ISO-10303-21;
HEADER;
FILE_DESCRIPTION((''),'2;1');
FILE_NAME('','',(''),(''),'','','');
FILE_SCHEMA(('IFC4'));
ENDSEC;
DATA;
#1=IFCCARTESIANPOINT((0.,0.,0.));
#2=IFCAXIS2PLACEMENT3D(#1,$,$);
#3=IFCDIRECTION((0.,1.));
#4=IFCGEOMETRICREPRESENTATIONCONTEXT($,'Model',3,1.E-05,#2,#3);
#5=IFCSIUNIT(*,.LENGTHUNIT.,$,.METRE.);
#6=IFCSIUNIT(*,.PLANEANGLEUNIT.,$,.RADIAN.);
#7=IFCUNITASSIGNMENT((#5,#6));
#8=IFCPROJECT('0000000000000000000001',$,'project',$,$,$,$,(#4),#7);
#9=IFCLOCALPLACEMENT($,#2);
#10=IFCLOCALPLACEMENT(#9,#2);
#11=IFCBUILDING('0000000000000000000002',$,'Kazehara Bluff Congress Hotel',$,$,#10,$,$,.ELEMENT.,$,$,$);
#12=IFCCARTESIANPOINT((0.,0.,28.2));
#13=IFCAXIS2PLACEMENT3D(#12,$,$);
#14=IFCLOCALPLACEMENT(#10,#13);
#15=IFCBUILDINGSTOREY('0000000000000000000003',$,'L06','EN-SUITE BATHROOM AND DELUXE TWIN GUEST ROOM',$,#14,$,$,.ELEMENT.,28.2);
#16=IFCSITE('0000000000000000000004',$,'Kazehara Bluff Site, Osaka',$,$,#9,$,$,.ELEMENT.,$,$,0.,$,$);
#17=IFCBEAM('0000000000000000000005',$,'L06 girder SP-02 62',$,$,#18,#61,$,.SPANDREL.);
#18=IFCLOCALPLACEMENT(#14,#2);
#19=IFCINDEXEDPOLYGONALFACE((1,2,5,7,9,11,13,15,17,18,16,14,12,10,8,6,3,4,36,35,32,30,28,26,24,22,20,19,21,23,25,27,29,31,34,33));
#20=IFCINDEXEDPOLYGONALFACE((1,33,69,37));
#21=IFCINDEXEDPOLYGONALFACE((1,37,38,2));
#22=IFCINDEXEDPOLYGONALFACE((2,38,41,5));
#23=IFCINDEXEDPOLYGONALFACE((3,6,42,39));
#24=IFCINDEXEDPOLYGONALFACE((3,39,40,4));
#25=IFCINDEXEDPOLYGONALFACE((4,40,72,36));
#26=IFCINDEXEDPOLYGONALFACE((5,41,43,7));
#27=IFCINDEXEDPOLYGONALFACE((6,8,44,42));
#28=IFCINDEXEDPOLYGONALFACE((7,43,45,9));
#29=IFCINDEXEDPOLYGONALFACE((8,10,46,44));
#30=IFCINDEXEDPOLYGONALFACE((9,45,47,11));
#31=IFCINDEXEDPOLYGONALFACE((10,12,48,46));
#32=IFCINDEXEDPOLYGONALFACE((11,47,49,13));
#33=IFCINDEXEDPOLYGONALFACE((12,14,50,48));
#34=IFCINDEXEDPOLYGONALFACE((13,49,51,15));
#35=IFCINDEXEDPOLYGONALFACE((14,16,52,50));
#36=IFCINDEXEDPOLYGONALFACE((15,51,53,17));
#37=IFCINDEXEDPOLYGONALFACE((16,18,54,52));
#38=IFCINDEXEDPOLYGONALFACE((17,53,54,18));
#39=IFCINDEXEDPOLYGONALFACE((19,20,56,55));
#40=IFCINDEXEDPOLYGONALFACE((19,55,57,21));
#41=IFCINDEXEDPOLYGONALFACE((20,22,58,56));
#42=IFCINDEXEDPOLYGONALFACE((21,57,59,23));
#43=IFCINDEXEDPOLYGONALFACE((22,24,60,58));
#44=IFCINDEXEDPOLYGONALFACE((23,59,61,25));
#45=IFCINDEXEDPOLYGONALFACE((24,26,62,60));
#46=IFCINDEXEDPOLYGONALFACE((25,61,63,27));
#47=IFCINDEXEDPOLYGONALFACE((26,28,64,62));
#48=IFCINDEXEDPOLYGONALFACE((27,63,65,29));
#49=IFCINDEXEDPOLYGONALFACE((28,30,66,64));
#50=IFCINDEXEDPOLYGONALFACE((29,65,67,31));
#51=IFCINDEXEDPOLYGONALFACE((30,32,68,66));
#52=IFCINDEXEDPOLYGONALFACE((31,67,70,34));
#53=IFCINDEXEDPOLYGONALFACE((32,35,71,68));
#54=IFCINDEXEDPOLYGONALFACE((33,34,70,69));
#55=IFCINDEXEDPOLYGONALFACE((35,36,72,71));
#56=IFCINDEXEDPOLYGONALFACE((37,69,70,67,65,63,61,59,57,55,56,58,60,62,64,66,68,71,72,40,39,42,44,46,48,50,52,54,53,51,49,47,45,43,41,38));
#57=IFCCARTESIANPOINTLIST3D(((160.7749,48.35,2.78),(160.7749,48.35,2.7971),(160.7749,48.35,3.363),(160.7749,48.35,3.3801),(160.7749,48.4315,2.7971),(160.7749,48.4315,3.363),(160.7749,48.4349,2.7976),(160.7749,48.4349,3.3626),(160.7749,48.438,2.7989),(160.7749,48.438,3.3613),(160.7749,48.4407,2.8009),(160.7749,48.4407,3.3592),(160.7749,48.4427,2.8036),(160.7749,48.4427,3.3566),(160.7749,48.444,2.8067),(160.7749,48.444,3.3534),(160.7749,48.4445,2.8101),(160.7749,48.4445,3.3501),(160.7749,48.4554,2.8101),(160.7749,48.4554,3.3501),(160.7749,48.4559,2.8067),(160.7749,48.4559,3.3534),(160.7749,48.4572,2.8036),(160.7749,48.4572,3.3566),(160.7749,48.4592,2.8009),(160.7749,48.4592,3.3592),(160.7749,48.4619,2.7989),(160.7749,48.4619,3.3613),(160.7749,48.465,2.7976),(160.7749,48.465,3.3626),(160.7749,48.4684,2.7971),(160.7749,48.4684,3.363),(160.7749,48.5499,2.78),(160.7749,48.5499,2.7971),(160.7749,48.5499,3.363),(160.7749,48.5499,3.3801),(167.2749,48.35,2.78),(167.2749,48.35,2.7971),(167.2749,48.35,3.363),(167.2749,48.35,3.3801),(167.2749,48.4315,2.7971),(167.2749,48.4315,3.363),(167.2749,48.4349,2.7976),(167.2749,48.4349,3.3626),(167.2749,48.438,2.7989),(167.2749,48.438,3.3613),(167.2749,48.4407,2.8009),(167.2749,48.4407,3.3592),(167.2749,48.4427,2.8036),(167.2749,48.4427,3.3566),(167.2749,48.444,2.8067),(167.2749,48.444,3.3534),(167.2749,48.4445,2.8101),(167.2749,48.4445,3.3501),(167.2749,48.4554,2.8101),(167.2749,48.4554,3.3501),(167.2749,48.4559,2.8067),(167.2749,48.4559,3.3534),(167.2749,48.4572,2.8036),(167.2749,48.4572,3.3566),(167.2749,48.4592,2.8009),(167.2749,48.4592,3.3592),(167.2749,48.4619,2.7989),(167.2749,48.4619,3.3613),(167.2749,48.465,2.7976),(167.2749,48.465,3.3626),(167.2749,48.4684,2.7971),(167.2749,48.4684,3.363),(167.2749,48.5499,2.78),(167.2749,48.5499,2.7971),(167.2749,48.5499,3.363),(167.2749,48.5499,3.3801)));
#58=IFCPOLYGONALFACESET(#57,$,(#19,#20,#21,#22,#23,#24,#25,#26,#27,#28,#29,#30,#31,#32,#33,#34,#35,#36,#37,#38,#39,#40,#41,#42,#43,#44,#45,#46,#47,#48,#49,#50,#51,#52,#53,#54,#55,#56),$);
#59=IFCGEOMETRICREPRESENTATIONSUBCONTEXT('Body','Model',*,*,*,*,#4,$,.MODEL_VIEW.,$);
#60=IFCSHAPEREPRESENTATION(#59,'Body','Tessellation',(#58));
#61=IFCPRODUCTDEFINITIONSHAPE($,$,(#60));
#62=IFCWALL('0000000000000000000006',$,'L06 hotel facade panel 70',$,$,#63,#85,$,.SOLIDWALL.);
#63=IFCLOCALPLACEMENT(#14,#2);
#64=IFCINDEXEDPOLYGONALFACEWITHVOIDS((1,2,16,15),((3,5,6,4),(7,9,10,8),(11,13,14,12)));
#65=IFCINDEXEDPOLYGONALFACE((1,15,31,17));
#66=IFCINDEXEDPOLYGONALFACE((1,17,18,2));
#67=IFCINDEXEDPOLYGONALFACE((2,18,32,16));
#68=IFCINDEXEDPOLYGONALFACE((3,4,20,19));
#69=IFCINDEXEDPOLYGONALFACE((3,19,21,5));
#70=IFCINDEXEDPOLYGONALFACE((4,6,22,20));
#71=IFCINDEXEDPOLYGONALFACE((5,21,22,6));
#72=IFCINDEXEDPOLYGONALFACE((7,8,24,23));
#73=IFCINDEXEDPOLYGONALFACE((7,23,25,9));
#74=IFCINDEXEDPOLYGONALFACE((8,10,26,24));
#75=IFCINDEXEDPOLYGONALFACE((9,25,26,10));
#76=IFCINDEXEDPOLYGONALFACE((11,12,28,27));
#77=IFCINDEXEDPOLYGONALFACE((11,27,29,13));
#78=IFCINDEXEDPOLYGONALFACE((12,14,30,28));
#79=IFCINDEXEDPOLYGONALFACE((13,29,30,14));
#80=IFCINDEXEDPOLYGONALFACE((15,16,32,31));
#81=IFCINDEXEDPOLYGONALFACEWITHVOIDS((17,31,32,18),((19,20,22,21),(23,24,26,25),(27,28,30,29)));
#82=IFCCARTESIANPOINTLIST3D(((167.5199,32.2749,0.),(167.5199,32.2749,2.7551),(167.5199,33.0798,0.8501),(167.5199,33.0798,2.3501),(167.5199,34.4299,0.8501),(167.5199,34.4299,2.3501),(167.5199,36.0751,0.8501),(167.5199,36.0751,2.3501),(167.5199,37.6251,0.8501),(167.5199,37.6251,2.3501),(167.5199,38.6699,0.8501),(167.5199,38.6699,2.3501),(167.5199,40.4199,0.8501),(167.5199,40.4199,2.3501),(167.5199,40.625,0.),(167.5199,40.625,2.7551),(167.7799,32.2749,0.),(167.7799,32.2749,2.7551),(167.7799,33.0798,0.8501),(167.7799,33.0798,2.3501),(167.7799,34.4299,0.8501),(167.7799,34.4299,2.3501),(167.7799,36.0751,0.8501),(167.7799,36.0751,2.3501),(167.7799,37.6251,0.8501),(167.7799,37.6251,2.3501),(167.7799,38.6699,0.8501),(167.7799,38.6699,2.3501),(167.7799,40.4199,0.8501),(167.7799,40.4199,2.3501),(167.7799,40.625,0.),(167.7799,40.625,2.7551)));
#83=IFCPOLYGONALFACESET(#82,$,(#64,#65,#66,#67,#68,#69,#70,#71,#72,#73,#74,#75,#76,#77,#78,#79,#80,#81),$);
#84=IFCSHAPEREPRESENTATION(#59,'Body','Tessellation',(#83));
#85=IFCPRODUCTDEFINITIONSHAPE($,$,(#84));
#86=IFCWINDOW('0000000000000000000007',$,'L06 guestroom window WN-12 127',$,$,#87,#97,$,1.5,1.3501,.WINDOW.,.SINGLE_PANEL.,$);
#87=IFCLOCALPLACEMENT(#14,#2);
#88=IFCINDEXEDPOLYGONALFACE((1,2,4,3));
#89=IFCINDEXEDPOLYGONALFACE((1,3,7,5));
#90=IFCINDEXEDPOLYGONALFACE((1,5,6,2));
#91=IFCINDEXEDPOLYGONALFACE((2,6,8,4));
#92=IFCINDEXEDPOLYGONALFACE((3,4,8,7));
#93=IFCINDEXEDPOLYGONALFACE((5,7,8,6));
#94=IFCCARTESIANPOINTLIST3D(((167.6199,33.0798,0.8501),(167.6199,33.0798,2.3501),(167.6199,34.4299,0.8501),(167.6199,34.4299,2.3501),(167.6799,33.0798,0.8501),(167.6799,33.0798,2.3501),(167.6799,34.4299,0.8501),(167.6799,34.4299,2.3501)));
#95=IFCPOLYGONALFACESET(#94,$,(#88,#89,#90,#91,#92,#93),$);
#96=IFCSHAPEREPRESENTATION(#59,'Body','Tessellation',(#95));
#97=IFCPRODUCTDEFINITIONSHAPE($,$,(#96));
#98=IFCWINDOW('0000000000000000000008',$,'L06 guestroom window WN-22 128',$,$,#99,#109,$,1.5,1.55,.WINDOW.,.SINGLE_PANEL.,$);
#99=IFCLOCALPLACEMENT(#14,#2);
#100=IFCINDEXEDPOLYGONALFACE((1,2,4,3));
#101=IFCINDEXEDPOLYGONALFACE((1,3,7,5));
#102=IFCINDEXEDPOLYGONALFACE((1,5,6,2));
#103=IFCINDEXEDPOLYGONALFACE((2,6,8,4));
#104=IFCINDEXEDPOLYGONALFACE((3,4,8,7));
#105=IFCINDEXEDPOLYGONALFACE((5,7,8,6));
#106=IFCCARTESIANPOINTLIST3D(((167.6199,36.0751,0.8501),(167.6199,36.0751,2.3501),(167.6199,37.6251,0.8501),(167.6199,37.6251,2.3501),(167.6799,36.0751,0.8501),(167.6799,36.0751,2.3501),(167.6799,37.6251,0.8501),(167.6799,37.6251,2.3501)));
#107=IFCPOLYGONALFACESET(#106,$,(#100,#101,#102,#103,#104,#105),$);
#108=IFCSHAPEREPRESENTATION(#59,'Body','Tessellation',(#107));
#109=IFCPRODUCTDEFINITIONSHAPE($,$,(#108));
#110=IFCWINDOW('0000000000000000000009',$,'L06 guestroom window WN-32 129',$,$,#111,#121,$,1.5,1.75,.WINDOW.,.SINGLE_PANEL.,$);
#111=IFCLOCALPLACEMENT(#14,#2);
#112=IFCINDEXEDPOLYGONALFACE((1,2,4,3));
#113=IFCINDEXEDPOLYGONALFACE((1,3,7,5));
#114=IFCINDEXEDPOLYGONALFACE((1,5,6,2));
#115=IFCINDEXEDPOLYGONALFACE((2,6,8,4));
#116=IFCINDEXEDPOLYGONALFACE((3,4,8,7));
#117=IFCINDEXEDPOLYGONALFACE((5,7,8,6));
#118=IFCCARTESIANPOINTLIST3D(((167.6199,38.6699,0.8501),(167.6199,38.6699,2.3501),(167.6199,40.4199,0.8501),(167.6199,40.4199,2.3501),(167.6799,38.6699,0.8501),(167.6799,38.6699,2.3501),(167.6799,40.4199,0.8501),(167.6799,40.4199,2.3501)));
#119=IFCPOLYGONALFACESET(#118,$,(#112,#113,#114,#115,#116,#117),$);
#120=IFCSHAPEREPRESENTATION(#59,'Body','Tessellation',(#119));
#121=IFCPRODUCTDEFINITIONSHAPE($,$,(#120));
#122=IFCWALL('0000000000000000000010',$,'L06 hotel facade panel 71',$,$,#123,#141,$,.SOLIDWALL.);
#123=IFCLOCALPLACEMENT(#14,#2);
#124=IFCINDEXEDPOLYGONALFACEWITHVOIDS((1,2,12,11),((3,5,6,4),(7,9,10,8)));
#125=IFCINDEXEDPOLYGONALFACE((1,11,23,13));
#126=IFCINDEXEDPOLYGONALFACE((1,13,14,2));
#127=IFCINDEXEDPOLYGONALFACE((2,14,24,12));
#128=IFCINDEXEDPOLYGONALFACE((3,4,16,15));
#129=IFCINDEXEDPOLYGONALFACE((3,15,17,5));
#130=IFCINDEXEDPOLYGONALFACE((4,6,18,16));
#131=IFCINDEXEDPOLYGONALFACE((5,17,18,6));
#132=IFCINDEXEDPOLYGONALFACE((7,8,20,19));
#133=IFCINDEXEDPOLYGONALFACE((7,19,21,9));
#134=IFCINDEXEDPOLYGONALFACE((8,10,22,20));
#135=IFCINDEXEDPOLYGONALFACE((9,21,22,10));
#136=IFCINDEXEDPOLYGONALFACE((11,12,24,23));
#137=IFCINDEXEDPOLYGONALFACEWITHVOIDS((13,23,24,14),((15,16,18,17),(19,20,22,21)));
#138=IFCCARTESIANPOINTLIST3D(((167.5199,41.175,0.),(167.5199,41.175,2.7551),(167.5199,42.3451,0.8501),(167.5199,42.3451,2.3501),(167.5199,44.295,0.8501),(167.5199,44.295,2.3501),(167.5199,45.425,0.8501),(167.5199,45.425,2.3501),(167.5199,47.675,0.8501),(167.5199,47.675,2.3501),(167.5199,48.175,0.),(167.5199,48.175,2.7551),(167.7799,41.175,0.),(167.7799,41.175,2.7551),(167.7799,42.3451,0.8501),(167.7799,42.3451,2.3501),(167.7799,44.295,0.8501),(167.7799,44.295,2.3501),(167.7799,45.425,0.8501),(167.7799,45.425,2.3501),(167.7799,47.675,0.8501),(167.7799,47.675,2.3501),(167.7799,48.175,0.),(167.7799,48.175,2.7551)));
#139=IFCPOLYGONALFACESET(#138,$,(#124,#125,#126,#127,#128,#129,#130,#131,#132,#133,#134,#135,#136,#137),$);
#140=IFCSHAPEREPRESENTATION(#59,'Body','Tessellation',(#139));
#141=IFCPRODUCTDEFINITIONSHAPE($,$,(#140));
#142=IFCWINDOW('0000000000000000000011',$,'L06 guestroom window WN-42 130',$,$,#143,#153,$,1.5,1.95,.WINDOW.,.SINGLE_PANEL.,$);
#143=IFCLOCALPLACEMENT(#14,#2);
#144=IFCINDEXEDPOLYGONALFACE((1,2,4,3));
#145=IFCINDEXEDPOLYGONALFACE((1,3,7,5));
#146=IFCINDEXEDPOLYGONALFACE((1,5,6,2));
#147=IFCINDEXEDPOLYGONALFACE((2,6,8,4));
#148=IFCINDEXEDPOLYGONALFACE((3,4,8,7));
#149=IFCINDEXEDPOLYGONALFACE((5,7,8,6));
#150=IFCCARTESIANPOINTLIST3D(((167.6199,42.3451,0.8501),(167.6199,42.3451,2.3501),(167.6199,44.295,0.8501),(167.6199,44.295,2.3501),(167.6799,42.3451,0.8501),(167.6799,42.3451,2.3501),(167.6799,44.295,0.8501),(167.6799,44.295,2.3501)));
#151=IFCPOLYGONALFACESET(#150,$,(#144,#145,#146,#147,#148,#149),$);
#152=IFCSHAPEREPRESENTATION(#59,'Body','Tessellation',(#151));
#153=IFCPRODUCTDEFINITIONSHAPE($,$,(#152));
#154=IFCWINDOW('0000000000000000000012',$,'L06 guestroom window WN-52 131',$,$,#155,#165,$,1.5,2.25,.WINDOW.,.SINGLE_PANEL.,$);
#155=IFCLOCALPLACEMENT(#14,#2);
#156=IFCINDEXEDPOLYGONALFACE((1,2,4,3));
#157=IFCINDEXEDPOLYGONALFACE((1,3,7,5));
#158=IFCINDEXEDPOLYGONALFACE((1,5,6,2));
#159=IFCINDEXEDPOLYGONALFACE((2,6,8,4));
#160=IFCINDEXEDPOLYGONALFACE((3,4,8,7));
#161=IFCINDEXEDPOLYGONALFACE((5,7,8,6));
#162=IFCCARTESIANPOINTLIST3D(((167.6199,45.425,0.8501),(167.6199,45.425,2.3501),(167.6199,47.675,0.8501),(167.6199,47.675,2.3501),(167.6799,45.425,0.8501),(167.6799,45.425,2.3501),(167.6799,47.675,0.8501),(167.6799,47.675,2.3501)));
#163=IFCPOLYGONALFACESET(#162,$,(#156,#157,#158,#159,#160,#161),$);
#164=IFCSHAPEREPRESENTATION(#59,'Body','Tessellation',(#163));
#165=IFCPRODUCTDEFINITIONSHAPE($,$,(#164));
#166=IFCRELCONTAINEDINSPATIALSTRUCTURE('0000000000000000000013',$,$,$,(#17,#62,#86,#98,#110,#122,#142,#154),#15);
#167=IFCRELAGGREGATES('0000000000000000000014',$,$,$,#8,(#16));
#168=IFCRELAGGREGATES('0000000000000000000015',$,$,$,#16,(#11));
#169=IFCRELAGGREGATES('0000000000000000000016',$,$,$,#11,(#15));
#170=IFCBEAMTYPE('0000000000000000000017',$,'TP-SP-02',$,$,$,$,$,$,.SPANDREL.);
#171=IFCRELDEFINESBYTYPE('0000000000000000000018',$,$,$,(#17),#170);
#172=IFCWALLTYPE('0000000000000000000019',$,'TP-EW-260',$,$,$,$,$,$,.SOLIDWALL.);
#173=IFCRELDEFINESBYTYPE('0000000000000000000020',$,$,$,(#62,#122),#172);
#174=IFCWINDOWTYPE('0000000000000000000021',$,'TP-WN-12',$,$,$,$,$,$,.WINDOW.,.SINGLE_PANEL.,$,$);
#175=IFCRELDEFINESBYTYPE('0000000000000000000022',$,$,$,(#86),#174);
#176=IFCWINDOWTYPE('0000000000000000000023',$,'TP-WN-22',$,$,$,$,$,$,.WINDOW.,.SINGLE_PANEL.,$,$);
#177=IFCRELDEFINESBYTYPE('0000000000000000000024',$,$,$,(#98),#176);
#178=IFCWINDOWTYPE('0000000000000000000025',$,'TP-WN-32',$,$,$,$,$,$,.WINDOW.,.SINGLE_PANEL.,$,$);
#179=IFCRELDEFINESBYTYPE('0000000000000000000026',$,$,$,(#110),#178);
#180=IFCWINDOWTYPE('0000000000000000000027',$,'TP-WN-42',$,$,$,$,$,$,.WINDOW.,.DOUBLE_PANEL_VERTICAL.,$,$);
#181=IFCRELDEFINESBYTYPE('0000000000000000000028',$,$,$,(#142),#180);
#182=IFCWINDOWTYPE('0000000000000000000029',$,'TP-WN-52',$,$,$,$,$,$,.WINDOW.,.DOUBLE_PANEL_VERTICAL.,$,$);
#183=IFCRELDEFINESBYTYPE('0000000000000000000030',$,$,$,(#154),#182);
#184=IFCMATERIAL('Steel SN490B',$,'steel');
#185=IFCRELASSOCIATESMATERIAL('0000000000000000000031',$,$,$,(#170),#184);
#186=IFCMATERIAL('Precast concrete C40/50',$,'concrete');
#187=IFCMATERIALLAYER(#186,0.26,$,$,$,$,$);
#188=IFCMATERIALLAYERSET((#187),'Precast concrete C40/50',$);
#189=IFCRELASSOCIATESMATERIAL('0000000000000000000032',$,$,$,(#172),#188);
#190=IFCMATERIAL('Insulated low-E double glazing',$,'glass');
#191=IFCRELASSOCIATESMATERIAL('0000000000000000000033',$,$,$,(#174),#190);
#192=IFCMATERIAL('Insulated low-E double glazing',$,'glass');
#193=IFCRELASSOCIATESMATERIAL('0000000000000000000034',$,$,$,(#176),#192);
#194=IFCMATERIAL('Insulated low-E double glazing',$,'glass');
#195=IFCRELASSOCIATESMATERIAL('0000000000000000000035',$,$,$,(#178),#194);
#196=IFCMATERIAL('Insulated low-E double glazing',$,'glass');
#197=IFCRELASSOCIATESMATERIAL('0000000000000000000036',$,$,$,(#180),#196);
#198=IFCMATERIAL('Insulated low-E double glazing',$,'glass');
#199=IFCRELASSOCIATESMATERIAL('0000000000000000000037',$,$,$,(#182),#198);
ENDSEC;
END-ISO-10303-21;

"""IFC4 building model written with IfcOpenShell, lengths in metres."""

from ifc_helpers import new_model, si_unit, direction, frame, frame_2d, origin, origin_2d, place, context, subcontext, project, spatial, rectangle, i_section, extrude, material, layer, layer_set, material_profile, profile_set, type_object, element, fill, save


model = new_model("IFC4")

# Units and contexts
model_context = context("Model", 3, precision=1e-05, world=origin(), true_north=direction((0.0, 1.0)))
body_context = subcontext(model_context, "Body", "Model", "MODEL_VIEW")
ifc_project = project(units=[si_unit("LENGTHUNIT", "METRE"), si_unit("PLANEANGLEUNIT", "RADIAN")], contexts=[model_context])

# Site, building, storey
site_placement = place(None, origin())
site = spatial("IfcSite", under=ifc_project, at=site_placement, Name="Kazehara Bluff Site, Osaka", CompositionType="ELEMENT", RefElevation=0.0)
building_placement = place(site_placement, origin())
building = spatial("IfcBuilding", under=site, at=building_placement, Name="Kazehara Bluff Congress Hotel", CompositionType="ELEMENT")
storey_placement = place(building_placement, frame((0.0, 0.0, 28.2)))
storey = spatial("IfcBuildingStorey", under=building, at=storey_placement, Name="L06", Description="EN-SUITE BATHROOM AND DELUXE TWIN GUEST ROOM", CompositionType="ELEMENT", Elevation=28.2)

# Beam
ifc_material_1 = material(Name="Steel SN490B", Category="steel")
ifc_material_profile_1 = material_profile(ifc_material_1, i_section(OverallWidth=0.2, OverallDepth=0.6001, WebThickness=0.011, FlangeThickness=0.0171, FilletRadius=0.0129, at=origin_2d()))
ifc_profile_set_1 = profile_set([ifc_material_profile_1], Name="Steel SN490B")
beam_type_1 = type_object("IfcBeamType", Name="TP-SP-02", PredefinedType="SPANDREL", material=ifc_profile_set_1)
beam_1_placement = place(storey_placement, frame((160.7749, 48.45, 3.0801), z_axis=(1.0, 0.0, 0.0), x_axis=(0.0, 1.0, 0.0)))
element("IfcBeam", 1, at=beam_1_placement, inside=storey, type_object=beam_type_1, Name="L06 girder SP-02 62", PredefinedType="SPANDREL", context=body_context, shape_type="SweptSolid", body=[
    extrude(i_section(OverallWidth=0.2, OverallDepth=0.6001, WebThickness=0.011, FlangeThickness=0.0171, FilletRadius=0.0129, at=origin_2d()), origin(), (0.0, 0.0, 1.0), 6.5),
])

# Walls, openings, windows
ifc_material_2 = material(Name="Precast concrete C40/50", Category="concrete")
ifc_layer_1 = layer(ifc_material_2, 0.26)
ifc_layer_set_1 = layer_set([ifc_layer_1], Name="Precast concrete C40/50")
wall_type_1 = type_object("IfcWallType", Name="TP-EW-260", PredefinedType="SOLIDWALL", material=ifc_layer_set_1)
wall_1_placement = place(storey_placement, frame((167.6499, 40.625, 0.0), z_axis=(0.0, 0.0, 1.0), x_axis=(0.0, -1.0, 0.0)))
wall_1 = element("IfcWall", 2, at=wall_1_placement, inside=storey, type_object=wall_type_1, Name="L06 hotel facade panel 70", PredefinedType="SOLIDWALL", context=body_context, shape_type="SweptSolid", body=[
    extrude(rectangle(XDim=8.3501, YDim=0.26, at=frame_2d((4.175, 0.0))), origin(), (0.0, 0.0, 1.0), 2.7551),
])
opening_1_placement = place(wall_1_placement, frame((6.1951, 0.0, 0.8501)))
opening_1 = element("IfcOpeningElement", 3, at=opening_1_placement, cuts=wall_1, PredefinedType="OPENING", context=body_context, shape_type="SweptSolid", body=[
    extrude(rectangle(XDim=1.3501, YDim=1.5, at=frame_2d((0.675, 0.75))), frame((0.0, 0.1399, 0.0), z_axis=(0.0, -1.0, 0.0), x_axis=(1.0, 0.0, 0.0)), (0.0, 0.0, 1.0), 0.28),
])
opening_2_placement = place(wall_1_placement, frame((3.0, 0.0, 0.8501)))
opening_2 = element("IfcOpeningElement", 4, at=opening_2_placement, cuts=wall_1, PredefinedType="OPENING", context=body_context, shape_type="SweptSolid", body=[
    extrude(rectangle(XDim=1.55, YDim=1.5, at=frame_2d((0.7749, 0.75))), frame((0.0, 0.1399, 0.0), z_axis=(0.0, -1.0, 0.0), x_axis=(1.0, 0.0, 0.0)), (0.0, 0.0, 1.0), 0.28),
])
opening_3_placement = place(wall_1_placement, frame((0.2051, 0.0, 0.8501)))
opening_3 = element("IfcOpeningElement", 5, at=opening_3_placement, cuts=wall_1, PredefinedType="OPENING", context=body_context, shape_type="SweptSolid", body=[
    extrude(rectangle(XDim=1.75, YDim=1.5, at=frame_2d((0.875, 0.75))), frame((0.0, 0.1399, 0.0), z_axis=(0.0, -1.0, 0.0), x_axis=(1.0, 0.0, 0.0)), (0.0, 0.0, 1.0), 0.28),
])
ifc_material_3 = material(Name="Insulated low-E double glazing", Category="glass")
window_type_1 = type_object("IfcWindowType", Name="TP-WN-12", PartitioningType="SINGLE_PANEL", PredefinedType="WINDOW", material=ifc_material_3)
window_1_placement = place(opening_1_placement, origin())
window_1 = element("IfcWindow", 6, at=window_1_placement, inside=storey, type_object=window_type_1, Name="L06 guestroom window WN-12 127", OverallHeight=1.5, OverallWidth=1.3501, PartitioningType="SINGLE_PANEL", PredefinedType="WINDOW", context=body_context, shape_type="SweptSolid", body=[
    extrude(rectangle(XDim=1.3501, YDim=1.5, at=frame_2d((0.675, 0.75))), frame((0.0, 0.03, 0.0), z_axis=(0.0, -1.0, 0.0), x_axis=(1.0, 0.0, 0.0)), (0.0, 0.0, 1.0), 0.0601),
])
fill(opening_1, window_1)
ifc_material_4 = material(Name="Insulated low-E double glazing", Category="glass")
window_type_2 = type_object("IfcWindowType", Name="TP-WN-22", PartitioningType="SINGLE_PANEL", PredefinedType="WINDOW", material=ifc_material_4)
window_2_placement = place(opening_2_placement, origin())
window_2 = element("IfcWindow", 7, at=window_2_placement, inside=storey, type_object=window_type_2, Name="L06 guestroom window WN-22 128", OverallHeight=1.5, OverallWidth=1.55, PartitioningType="SINGLE_PANEL", PredefinedType="WINDOW", context=body_context, shape_type="SweptSolid", body=[
    extrude(rectangle(XDim=1.55, YDim=1.5, at=frame_2d((0.7749, 0.75))), frame((0.0, 0.03, 0.0), z_axis=(0.0, -1.0, 0.0), x_axis=(1.0, 0.0, 0.0)), (0.0, 0.0, 1.0), 0.0601),
])
fill(opening_2, window_2)
ifc_material_5 = material(Name="Insulated low-E double glazing", Category="glass")
window_type_3 = type_object("IfcWindowType", Name="TP-WN-32", PartitioningType="SINGLE_PANEL", PredefinedType="WINDOW", material=ifc_material_5)
window_3_placement = place(opening_3_placement, origin())
window_3 = element("IfcWindow", 8, at=window_3_placement, inside=storey, type_object=window_type_3, Name="L06 guestroom window WN-32 129", OverallHeight=1.5, OverallWidth=1.75, PartitioningType="SINGLE_PANEL", PredefinedType="WINDOW", context=body_context, shape_type="SweptSolid", body=[
    extrude(rectangle(XDim=1.75, YDim=1.5, at=frame_2d((0.875, 0.75))), frame((0.0, 0.03, 0.0), z_axis=(0.0, -1.0, 0.0), x_axis=(1.0, 0.0, 0.0)), (0.0, 0.0, 1.0), 0.0601),
])
fill(opening_3, window_3)
wall_2_placement = place(storey_placement, frame((167.6499, 48.175, 0.0), z_axis=(0.0, 0.0, 1.0), x_axis=(0.0, -1.0, 0.0)))
wall_2 = element("IfcWall", 9, at=wall_2_placement, inside=storey, type_object=wall_type_1, Name="L06 hotel facade panel 71", PredefinedType="SOLIDWALL", context=body_context, shape_type="SweptSolid", body=[
    extrude(rectangle(XDim=7.0, YDim=0.26, at=frame_2d((3.5, 0.0))), origin(), (0.0, 0.0, 1.0), 2.7551),
])
opening_4_placement = place(wall_2_placement, frame((3.8799, 0.0, 0.8501)))
opening_4 = element("IfcOpeningElement", 10, at=opening_4_placement, cuts=wall_2, PredefinedType="OPENING", context=body_context, shape_type="SweptSolid", body=[
    extrude(rectangle(XDim=1.95, YDim=1.5, at=frame_2d((0.9751, 0.75))), frame((0.0, 0.1399, 0.0), z_axis=(0.0, -1.0, 0.0), x_axis=(1.0, 0.0, 0.0)), (0.0, 0.0, 1.0), 0.28),
])
opening_5_placement = place(wall_2_placement, frame((0.5, 0.0, 0.8501)))
opening_5 = element("IfcOpeningElement", 11, at=opening_5_placement, cuts=wall_2, PredefinedType="OPENING", context=body_context, shape_type="SweptSolid", body=[
    extrude(rectangle(XDim=2.25, YDim=1.5, at=frame_2d((1.125, 0.75))), frame((0.0, 0.1399, 0.0), z_axis=(0.0, -1.0, 0.0), x_axis=(1.0, 0.0, 0.0)), (0.0, 0.0, 1.0), 0.28),
])
ifc_material_6 = material(Name="Insulated low-E double glazing", Category="glass")
window_type_4 = type_object("IfcWindowType", Name="TP-WN-42", PartitioningType="DOUBLE_PANEL_VERTICAL", PredefinedType="WINDOW", material=ifc_material_6)
window_4_placement = place(opening_4_placement, origin())
window_4 = element("IfcWindow", 12, at=window_4_placement, inside=storey, type_object=window_type_4, Name="L06 guestroom window WN-42 130", OverallHeight=1.5, OverallWidth=1.95, PartitioningType="SINGLE_PANEL", PredefinedType="WINDOW", context=body_context, shape_type="SweptSolid", body=[
    extrude(rectangle(XDim=1.95, YDim=1.5, at=frame_2d((0.9751, 0.75))), frame((0.0, 0.03, 0.0), z_axis=(0.0, -1.0, 0.0), x_axis=(1.0, 0.0, 0.0)), (0.0, 0.0, 1.0), 0.0601),
])
fill(opening_4, window_4)
ifc_material_7 = material(Name="Insulated low-E double glazing", Category="glass")
window_type_5 = type_object("IfcWindowType", Name="TP-WN-52", PartitioningType="DOUBLE_PANEL_VERTICAL", PredefinedType="WINDOW", material=ifc_material_7)
window_5_placement = place(opening_5_placement, origin())
window_5 = element("IfcWindow", 13, at=window_5_placement, inside=storey, type_object=window_type_5, Name="L06 guestroom window WN-52 131", OverallHeight=1.5, OverallWidth=2.25, PartitioningType="SINGLE_PANEL", PredefinedType="WINDOW", context=body_context, shape_type="SweptSolid", body=[
    extrude(rectangle(XDim=2.25, YDim=1.5, at=frame_2d((1.125, 0.75))), frame((0.0, 0.03, 0.0), z_axis=(0.0, -1.0, 0.0), x_axis=(1.0, 0.0, 0.0)), (0.0, 0.0, 1.0), 0.0601),
])
fill(opening_5, window_5)

save(model, "model.ifc")
